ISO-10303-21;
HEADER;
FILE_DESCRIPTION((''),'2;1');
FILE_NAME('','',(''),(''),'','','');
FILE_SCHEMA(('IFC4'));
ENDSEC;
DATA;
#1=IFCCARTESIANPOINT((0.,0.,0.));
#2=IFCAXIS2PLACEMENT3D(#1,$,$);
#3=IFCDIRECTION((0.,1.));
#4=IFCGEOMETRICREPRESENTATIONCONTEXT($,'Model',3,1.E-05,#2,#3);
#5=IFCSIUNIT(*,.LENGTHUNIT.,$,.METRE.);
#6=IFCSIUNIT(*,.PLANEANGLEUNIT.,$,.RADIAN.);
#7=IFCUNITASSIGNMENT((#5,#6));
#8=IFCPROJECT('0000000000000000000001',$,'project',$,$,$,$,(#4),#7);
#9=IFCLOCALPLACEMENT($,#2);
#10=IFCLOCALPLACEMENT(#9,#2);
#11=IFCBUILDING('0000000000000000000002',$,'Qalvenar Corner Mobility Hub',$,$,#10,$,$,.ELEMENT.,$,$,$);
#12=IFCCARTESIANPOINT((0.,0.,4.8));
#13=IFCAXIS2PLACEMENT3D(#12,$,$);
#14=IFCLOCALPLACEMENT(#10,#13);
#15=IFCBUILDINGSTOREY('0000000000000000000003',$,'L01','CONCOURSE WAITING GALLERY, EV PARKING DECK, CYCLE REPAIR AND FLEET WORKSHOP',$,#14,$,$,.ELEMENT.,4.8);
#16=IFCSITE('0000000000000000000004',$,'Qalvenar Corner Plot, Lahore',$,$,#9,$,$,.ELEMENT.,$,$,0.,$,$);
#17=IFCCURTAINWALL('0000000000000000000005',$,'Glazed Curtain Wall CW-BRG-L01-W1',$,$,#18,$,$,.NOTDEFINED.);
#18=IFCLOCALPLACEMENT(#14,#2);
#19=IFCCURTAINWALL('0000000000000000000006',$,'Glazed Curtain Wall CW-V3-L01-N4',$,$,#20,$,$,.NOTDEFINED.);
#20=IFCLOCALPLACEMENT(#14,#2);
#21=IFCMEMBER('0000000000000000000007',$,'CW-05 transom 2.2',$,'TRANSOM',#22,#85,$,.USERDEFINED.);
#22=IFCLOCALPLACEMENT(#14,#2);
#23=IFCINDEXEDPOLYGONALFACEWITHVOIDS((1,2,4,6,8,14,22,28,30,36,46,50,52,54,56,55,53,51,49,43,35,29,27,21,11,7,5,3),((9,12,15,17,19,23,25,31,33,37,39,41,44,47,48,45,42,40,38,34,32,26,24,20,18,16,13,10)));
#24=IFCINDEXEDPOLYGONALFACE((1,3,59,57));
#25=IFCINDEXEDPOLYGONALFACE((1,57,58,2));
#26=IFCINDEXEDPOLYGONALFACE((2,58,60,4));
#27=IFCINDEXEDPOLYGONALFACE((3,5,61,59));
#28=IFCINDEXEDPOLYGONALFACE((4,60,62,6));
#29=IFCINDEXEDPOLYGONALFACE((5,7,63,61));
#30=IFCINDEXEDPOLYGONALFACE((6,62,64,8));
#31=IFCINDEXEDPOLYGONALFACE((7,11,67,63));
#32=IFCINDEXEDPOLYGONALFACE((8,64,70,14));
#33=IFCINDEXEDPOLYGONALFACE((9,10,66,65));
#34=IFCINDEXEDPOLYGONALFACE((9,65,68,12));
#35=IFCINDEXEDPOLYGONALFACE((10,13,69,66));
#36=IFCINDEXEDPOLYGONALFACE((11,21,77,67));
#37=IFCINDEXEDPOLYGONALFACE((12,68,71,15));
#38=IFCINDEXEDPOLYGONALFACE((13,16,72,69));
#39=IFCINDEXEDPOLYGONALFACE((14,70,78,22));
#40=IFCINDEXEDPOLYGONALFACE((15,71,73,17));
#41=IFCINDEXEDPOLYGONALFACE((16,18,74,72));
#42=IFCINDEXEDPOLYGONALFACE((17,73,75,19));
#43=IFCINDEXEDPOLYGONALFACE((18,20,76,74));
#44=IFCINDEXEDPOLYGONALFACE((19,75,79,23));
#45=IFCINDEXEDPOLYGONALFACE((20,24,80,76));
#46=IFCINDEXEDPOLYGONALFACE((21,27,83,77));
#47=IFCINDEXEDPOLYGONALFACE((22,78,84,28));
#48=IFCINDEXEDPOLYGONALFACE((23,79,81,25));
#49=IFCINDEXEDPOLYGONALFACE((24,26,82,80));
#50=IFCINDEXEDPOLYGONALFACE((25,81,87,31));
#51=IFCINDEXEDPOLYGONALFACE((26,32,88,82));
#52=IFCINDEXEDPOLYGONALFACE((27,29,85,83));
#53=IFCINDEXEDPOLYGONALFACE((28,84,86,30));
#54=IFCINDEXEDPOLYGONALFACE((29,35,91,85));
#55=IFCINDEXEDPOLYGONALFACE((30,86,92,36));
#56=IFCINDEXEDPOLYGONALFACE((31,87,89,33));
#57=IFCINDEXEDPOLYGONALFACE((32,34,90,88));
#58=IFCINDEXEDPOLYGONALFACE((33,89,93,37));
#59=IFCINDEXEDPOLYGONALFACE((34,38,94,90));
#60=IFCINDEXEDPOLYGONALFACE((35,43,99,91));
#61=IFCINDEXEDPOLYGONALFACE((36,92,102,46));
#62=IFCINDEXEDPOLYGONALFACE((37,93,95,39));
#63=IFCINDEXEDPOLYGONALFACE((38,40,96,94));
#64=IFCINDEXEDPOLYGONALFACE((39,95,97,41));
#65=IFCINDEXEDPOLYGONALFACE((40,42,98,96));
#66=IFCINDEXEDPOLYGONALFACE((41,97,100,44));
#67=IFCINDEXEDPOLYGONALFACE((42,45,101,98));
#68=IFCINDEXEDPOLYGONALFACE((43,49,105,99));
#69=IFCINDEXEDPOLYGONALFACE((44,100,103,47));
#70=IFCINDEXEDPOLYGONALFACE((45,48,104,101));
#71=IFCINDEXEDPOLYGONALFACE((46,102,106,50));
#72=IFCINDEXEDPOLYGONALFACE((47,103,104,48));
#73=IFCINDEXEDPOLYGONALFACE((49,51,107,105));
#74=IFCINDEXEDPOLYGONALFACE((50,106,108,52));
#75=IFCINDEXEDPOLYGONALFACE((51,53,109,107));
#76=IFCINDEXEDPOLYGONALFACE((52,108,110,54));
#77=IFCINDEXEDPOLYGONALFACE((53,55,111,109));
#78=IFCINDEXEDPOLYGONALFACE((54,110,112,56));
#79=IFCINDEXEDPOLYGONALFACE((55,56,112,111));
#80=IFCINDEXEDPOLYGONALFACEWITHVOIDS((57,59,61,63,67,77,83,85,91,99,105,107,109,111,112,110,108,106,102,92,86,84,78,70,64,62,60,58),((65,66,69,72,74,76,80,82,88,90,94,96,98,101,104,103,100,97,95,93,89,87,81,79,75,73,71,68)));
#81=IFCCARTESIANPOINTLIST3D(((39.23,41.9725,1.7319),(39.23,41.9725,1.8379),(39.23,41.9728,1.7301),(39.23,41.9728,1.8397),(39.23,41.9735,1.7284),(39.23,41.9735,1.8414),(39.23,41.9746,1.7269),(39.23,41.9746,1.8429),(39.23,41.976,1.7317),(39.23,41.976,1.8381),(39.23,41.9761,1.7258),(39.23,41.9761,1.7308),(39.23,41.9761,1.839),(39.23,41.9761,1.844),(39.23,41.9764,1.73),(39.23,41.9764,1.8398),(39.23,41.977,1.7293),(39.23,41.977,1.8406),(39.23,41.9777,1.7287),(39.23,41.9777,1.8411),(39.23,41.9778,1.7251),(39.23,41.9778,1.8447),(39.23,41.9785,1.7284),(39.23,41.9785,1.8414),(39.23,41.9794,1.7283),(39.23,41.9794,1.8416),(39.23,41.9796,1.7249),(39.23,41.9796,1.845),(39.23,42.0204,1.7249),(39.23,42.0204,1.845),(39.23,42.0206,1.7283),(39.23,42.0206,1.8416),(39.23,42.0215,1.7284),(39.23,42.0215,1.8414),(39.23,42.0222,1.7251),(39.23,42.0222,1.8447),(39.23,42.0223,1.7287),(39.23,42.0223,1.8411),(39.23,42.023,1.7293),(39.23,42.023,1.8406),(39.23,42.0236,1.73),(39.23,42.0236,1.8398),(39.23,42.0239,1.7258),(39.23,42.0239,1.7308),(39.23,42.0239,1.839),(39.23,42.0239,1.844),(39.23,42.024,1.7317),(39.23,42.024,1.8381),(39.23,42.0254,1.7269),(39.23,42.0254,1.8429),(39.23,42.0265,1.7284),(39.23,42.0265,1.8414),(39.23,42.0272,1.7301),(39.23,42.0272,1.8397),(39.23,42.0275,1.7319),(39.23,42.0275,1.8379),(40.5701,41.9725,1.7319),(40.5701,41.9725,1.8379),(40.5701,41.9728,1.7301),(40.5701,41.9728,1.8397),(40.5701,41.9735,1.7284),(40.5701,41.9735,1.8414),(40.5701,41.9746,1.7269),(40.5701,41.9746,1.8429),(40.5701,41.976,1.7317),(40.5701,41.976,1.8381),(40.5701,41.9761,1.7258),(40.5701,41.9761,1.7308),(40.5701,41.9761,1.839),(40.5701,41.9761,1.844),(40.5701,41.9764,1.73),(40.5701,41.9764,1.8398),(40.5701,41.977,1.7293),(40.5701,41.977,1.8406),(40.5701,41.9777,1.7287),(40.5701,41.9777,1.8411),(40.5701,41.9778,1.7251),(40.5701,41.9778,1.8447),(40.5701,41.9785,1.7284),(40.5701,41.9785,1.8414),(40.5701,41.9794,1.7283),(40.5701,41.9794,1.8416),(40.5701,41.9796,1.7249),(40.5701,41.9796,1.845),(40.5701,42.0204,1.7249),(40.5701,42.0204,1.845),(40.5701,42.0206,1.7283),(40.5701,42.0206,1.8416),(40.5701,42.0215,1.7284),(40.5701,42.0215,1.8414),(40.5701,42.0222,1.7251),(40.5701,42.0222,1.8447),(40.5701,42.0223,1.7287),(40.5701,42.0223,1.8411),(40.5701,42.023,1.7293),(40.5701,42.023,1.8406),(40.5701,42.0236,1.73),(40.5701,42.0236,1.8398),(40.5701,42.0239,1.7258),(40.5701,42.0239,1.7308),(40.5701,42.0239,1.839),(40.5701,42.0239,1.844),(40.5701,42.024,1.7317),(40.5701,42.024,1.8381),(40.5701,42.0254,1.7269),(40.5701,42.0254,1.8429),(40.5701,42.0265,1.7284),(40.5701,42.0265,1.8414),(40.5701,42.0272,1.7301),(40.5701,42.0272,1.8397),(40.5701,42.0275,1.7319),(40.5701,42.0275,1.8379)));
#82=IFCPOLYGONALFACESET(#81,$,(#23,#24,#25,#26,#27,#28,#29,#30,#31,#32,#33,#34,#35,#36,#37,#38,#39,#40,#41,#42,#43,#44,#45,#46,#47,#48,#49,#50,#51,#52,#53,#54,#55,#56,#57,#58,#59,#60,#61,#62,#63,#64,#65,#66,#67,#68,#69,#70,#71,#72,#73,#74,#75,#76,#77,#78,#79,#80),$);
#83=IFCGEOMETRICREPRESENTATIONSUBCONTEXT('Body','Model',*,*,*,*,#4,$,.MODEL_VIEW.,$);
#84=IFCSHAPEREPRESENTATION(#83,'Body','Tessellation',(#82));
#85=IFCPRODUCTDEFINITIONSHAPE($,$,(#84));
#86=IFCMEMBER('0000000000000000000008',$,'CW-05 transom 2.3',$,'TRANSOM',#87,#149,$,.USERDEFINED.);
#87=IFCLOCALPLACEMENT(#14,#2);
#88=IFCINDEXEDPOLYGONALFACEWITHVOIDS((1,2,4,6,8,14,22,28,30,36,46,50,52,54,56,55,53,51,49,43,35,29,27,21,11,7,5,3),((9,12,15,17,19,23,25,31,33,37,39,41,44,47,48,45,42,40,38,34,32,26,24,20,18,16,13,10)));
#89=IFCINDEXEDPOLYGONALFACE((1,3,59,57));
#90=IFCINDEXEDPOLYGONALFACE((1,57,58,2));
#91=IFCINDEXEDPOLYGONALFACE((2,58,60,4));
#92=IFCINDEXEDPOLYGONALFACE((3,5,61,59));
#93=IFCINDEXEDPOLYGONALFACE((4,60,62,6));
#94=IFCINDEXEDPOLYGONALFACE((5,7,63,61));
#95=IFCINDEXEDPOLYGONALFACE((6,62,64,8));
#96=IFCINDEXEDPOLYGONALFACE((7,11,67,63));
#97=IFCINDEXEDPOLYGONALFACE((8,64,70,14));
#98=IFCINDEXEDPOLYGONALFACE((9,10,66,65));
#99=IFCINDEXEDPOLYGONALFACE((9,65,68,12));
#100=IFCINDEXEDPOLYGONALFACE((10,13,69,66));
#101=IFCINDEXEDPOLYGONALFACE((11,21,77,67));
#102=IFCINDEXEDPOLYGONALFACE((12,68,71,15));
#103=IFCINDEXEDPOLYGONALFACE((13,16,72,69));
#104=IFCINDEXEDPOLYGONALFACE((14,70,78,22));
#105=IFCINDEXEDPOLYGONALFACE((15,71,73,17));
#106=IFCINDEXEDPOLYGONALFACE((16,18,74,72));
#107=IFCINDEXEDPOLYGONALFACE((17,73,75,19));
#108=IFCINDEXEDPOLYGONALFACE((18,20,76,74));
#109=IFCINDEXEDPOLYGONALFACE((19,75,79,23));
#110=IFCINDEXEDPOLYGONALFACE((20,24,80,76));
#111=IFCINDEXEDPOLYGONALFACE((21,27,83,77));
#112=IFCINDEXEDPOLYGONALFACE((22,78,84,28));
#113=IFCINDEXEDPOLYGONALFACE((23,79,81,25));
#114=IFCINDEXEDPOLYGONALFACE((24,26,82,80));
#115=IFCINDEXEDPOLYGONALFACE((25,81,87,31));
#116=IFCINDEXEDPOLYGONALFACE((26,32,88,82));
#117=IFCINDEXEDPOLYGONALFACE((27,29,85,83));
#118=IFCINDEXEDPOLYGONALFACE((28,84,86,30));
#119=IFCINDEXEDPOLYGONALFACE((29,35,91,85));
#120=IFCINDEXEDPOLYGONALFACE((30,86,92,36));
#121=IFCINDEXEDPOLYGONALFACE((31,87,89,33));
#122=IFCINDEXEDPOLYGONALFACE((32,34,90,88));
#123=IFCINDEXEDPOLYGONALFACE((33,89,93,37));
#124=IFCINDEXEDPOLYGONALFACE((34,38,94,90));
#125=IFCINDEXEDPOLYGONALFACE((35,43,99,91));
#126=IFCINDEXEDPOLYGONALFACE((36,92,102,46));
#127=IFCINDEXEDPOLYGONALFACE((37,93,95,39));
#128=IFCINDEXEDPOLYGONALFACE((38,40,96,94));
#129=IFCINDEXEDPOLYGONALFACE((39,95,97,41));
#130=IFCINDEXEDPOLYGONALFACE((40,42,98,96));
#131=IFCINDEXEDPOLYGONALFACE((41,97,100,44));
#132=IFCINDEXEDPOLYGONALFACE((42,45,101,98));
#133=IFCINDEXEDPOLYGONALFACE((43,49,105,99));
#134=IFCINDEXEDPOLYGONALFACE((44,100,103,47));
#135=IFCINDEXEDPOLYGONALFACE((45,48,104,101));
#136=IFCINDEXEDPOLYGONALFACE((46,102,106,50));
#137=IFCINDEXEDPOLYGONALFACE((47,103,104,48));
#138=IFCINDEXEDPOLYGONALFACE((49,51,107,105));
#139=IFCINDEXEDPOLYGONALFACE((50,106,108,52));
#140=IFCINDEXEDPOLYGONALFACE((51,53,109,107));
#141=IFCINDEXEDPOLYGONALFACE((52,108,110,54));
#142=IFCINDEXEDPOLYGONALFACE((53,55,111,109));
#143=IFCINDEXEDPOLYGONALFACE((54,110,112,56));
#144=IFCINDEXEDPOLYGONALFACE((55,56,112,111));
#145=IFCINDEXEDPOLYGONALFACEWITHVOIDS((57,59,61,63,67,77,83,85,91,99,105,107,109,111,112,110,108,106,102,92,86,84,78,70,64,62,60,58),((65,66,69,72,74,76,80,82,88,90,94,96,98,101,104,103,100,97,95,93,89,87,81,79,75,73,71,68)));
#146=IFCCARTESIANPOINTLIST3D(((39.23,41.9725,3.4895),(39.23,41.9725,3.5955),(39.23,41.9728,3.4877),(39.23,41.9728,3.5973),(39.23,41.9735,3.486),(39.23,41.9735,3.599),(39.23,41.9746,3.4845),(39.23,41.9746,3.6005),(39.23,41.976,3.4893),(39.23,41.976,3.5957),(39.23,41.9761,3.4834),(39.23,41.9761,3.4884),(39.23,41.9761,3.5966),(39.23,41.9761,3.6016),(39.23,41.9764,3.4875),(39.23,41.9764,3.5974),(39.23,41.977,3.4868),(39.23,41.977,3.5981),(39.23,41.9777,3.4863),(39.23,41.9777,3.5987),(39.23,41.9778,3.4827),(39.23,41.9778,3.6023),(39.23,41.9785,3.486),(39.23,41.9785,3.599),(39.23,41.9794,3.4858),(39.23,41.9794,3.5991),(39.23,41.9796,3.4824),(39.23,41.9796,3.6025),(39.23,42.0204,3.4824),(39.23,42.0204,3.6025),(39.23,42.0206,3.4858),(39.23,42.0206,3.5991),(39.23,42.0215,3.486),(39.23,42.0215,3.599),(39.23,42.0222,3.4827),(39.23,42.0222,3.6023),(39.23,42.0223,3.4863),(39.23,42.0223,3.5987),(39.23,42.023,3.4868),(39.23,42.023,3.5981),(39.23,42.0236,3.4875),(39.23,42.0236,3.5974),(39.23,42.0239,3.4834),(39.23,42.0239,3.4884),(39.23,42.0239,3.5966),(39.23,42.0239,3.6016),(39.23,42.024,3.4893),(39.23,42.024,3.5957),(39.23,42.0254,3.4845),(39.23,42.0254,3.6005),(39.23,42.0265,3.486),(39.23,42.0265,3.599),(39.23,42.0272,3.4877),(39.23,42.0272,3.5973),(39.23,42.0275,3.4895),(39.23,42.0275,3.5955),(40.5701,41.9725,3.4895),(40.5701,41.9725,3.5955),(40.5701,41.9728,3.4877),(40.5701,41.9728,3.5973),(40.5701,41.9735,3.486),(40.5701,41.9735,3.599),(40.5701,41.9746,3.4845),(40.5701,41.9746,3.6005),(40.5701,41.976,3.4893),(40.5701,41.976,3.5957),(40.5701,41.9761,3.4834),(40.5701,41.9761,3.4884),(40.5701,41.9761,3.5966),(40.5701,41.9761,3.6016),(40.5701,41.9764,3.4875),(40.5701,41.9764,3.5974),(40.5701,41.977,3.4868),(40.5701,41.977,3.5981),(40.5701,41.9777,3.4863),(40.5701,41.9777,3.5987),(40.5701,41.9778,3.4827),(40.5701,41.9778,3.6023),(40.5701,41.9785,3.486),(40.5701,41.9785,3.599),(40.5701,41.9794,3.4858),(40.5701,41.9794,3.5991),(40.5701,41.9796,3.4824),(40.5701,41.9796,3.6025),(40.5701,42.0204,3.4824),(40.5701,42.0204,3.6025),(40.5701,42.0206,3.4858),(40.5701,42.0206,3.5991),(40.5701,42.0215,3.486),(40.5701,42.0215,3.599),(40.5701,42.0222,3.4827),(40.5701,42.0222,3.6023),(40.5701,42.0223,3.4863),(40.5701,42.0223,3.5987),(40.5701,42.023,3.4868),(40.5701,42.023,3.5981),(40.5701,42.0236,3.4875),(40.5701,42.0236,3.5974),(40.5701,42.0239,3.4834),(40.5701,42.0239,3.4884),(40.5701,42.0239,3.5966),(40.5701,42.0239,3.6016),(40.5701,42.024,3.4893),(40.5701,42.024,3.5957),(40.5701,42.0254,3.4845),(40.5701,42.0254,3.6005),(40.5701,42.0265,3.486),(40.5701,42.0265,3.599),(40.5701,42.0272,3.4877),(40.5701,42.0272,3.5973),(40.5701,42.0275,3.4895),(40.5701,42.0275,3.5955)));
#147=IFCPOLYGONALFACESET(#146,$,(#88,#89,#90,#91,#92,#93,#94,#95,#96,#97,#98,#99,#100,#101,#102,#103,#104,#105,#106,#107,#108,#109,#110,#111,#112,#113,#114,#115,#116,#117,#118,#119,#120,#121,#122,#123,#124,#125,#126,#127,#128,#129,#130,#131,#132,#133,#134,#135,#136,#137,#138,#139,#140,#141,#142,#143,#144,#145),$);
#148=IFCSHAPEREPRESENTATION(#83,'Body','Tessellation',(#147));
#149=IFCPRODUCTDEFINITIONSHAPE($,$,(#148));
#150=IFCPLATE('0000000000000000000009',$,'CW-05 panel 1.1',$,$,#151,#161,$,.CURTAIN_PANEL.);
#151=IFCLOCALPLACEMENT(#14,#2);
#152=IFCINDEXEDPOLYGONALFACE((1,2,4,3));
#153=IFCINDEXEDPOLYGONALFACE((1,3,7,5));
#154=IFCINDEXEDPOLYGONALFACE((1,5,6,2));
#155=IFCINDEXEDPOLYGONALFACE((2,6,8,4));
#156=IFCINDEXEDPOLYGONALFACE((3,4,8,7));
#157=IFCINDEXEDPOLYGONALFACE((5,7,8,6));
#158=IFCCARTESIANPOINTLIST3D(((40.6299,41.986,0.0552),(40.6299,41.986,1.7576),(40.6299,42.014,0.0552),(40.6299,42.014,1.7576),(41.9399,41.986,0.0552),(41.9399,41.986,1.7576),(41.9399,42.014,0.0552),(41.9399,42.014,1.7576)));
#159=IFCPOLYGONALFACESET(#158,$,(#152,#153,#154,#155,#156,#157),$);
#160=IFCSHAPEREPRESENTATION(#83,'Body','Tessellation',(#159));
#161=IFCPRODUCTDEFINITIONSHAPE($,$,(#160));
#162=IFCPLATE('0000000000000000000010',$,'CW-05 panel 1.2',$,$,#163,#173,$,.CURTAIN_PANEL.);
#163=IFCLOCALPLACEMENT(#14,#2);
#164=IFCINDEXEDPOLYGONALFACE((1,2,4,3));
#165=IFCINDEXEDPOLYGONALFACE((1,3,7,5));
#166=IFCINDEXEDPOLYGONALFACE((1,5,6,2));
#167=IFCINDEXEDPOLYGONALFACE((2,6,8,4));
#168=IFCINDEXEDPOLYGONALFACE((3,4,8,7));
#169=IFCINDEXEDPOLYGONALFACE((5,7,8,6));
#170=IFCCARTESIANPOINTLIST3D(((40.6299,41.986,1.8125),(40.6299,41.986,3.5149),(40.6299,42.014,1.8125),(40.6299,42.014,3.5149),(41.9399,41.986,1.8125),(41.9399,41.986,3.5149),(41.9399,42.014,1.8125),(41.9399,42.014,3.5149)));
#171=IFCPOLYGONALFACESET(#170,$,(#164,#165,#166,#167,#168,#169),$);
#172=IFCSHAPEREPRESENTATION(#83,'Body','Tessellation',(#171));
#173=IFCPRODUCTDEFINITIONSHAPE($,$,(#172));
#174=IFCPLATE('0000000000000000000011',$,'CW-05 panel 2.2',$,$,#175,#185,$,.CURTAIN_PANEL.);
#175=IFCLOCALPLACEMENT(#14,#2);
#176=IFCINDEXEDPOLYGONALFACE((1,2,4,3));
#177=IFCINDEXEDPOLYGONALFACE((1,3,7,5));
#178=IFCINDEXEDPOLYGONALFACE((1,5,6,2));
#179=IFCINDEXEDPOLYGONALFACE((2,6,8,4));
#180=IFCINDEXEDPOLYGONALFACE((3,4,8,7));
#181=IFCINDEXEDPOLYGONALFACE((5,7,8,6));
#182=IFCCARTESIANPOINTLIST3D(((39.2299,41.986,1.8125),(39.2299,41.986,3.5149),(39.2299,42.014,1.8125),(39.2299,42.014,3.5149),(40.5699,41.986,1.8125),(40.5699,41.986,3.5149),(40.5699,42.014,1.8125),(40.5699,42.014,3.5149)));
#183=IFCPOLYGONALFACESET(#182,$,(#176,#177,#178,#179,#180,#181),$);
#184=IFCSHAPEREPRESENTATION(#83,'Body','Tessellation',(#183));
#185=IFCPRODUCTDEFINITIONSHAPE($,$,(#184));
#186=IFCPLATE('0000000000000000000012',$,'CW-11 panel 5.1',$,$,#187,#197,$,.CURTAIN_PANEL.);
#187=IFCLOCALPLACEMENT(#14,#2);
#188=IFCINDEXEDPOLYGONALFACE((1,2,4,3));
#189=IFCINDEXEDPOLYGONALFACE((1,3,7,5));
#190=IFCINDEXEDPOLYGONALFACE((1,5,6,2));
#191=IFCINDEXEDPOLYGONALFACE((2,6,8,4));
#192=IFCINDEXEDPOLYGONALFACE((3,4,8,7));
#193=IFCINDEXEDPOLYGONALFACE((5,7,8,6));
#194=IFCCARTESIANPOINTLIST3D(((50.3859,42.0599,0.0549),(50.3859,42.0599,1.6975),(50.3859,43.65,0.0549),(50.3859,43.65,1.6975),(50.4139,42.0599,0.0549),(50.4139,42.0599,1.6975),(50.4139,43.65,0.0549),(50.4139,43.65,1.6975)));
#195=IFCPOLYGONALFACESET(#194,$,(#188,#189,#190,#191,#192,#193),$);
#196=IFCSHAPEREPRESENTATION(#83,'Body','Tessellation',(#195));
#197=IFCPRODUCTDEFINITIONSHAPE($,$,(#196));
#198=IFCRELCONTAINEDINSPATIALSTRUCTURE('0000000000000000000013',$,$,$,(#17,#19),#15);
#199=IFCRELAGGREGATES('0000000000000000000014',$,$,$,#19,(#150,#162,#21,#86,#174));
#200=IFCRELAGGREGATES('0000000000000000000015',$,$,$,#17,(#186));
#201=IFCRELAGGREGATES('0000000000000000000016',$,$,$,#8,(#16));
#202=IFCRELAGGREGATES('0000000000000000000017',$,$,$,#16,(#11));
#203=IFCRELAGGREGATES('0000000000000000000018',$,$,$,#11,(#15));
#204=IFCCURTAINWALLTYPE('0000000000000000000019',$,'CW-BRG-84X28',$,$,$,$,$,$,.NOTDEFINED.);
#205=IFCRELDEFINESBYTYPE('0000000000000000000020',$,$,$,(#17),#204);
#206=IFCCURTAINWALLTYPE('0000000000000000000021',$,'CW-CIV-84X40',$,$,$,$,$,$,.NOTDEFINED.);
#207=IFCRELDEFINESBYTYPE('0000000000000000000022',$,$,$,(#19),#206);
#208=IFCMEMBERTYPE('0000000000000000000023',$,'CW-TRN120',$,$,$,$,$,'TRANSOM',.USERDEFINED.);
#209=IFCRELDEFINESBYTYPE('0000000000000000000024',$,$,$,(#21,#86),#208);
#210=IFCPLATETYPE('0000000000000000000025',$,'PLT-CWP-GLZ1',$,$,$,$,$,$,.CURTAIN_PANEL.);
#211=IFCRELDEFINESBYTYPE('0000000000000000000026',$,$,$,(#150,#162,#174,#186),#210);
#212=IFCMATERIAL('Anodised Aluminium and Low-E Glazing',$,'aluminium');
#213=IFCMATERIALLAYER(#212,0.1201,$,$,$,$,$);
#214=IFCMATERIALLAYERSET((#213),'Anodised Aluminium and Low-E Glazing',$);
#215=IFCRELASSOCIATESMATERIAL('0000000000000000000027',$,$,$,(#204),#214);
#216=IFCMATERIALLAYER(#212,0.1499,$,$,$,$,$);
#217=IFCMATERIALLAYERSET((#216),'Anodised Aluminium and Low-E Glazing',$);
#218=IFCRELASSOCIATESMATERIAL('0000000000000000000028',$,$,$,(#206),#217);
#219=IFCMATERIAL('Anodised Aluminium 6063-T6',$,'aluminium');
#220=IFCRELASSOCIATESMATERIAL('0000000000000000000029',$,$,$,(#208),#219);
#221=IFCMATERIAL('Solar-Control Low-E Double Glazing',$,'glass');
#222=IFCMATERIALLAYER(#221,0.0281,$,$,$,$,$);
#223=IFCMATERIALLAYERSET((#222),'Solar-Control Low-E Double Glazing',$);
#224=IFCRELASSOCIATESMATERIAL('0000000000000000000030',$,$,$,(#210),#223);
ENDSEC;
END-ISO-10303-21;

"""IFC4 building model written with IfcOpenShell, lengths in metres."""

from ifc_helpers import new_model, si_unit, direction, frame, origin, origin_2d, place, context, subcontext, project, spatial, rectangle, hollow_rectangle, extrude, material, layer, layer_set, material_profile, profile_set, type_object, element, aggregate, save


model = new_model("IFC4")

# Units and contexts
model_context = context("Model", 3, precision=1e-05, world=origin(), true_north=direction((0.0, 1.0)))
body_context = subcontext(model_context, "Body", "Model", "MODEL_VIEW")
ifc_project = project(units=[si_unit("LENGTHUNIT", "METRE"), si_unit("PLANEANGLEUNIT", "RADIAN")], contexts=[model_context])

# Site, building, storey
site_placement = place(None, origin())
site = spatial("IfcSite", under=ifc_project, at=site_placement, Name="Qalvenar Corner Plot, Lahore", CompositionType="ELEMENT", RefElevation=0.0)
building_placement = place(site_placement, origin())
building = spatial("IfcBuilding", under=site, at=building_placement, Name="Qalvenar Corner Mobility Hub", CompositionType="ELEMENT")
storey_placement = place(building_placement, frame((0.0, 0.0, 4.8)))
storey = spatial("IfcBuildingStorey", under=building, at=storey_placement, Name="L01", Description="CONCOURSE WAITING GALLERY, EV PARKING DECK, CYCLE REPAIR AND FLEET WORKSHOP", CompositionType="ELEMENT", Elevation=4.8)

# Curtain wall
ifc_material_1 = material(Name="Anodised Aluminium and Low-E Glazing", Category="aluminium")
ifc_layer_1 = layer(ifc_material_1, 0.1201)
ifc_layer_set_1 = layer_set([ifc_layer_1], Name="Anodised Aluminium and Low-E Glazing")
curtain_wall_type_1 = type_object("IfcCurtainWallType", Name="CW-BRG-84X28", PredefinedType="NOTDEFINED", material=ifc_layer_set_1)
curtain_wall_1_placement = place(storey_placement, origin())
curtain_wall_1 = element("IfcCurtainWall", 1, at=curtain_wall_1_placement, inside=storey, type_object=curtain_wall_type_1, Name="Glazed Curtain Wall CW-BRG-L01-W1", PredefinedType="NOTDEFINED")
ifc_material_2 = material(Name="Anodised Aluminium 6063-T6", Category="aluminium")

# Curtain wall
ifc_layer_2 = layer(ifc_material_1, 0.1499)
ifc_layer_set_2 = layer_set([ifc_layer_2], Name="Anodised Aluminium and Low-E Glazing")
curtain_wall_type_2 = type_object("IfcCurtainWallType", Name="CW-CIV-84X40", PredefinedType="NOTDEFINED", material=ifc_layer_set_2)
curtain_wall_2_placement = place(storey_placement, origin())
curtain_wall_2 = element("IfcCurtainWall", 2, at=curtain_wall_2_placement, inside=storey, type_object=curtain_wall_type_2, Name="Glazed Curtain Wall CW-V3-L01-N4", PredefinedType="NOTDEFINED")

# Members
ifc_material_profile_1 = material_profile(ifc_material_2, hollow_rectangle(XDim=0.0549, YDim=0.1201, WallThickness=0.0034, InnerFilletRadius=0.0034, OuterFilletRadius=0.0071, at=origin_2d()), Name="RHS120x55x3.5")
ifc_profile_set_1 = profile_set([ifc_material_profile_1], Name="Anodised Aluminium 6063-T6")
member_type_1 = type_object("IfcMemberType", Name="CW-TRN120", ElementType="TRANSOM", PredefinedType="USERDEFINED", material=ifc_profile_set_1)
member_1_placement = place(storey_placement, frame((40.5701, 42.0, 1.7849), z_axis=(-1.0, 0.0, 0.0), x_axis=(0.0, -1.0, 0.0)))
member_1 = element("IfcMember", 3, at=member_1_placement, type_object=member_type_1, Name="CW-05 transom 2.2", ObjectType="TRANSOM", PredefinedType="USERDEFINED", context=body_context, shape_type="SweptSolid", body=[
    extrude(hollow_rectangle(XDim=0.0549, YDim=0.1201, WallThickness=0.0034, InnerFilletRadius=0.0034, OuterFilletRadius=0.0071, at=origin_2d()), origin(), (0.0, 0.0, 1.0), 1.3401),
])
member_2_placement = place(storey_placement, frame((40.5701, 42.0, 3.5425), z_axis=(-1.0, 0.0, 0.0), x_axis=(0.0, -1.0, 0.0)))
member_2 = element("IfcMember", 4, at=member_2_placement, type_object=member_type_1, Name="CW-05 transom 2.3", ObjectType="TRANSOM", PredefinedType="USERDEFINED", context=body_context, shape_type="SweptSolid", body=[
    extrude(hollow_rectangle(XDim=0.0549, YDim=0.1201, WallThickness=0.0034, InnerFilletRadius=0.0034, OuterFilletRadius=0.0071, at=origin_2d()), origin(), (0.0, 0.0, 1.0), 1.3401),
])

# Plates
ifc_material_3 = material(Name="Solar-Control Low-E Double Glazing", Category="glass")
ifc_layer_3 = layer(ifc_material_3, 0.0281)
ifc_layer_set_3 = layer_set([ifc_layer_3], Name="Solar-Control Low-E Double Glazing")
plate_type = type_object("IfcPlateType", Name="PLT-CWP-GLZ1", PredefinedType="CURTAIN_PANEL", material=ifc_layer_set_3)
plate_1_placement = place(storey_placement, frame((41.2849, 42.0, 0.0552), z_axis=(0.0, 0.0, 1.0), x_axis=(-1.0, 0.0, 0.0)))
plate_1 = element("IfcPlate", 5, at=plate_1_placement, type_object=plate_type, Name="CW-05 panel 1.1", PredefinedType="CURTAIN_PANEL", context=body_context, shape_type="SweptSolid", body=[
    extrude(rectangle(XDim=1.3101, YDim=0.0281, at=origin_2d()), origin(), (0.0, 0.0, 1.0), 1.7024),
])
plate_2_placement = place(storey_placement, frame((41.2849, 42.0, 1.8125), z_axis=(0.0, 0.0, 1.0), x_axis=(-1.0, 0.0, 0.0)))
plate_2 = element("IfcPlate", 6, at=plate_2_placement, type_object=plate_type, Name="CW-05 panel 1.2", PredefinedType="CURTAIN_PANEL", context=body_context, shape_type="SweptSolid", body=[
    extrude(rectangle(XDim=1.3101, YDim=0.0281, at=origin_2d()), origin(), (0.0, 0.0, 1.0), 1.7024),
])
plate_3_placement = place(storey_placement, frame((39.8999, 42.0, 1.8125), z_axis=(0.0, 0.0, 1.0), x_axis=(-1.0, 0.0, 0.0)))
plate_3 = element("IfcPlate", 7, at=plate_3_placement, type_object=plate_type, Name="CW-05 panel 2.2", PredefinedType="CURTAIN_PANEL", context=body_context, shape_type="SweptSolid", body=[
    extrude(rectangle(XDim=1.3401, YDim=0.0281, at=origin_2d()), origin(), (0.0, 0.0, 1.0), 1.7024),
])
aggregate(curtain_wall_2, [plate_1, plate_2, member_1, member_2, plate_3])
plate_4_placement = place(storey_placement, frame((50.3999, 42.855, 0.0549), z_axis=(0.0, 0.0, 1.0), x_axis=(0.0, -1.0, 0.0)))
plate_4 = element("IfcPlate", 8, at=plate_4_placement, type_object=plate_type, Name="CW-11 panel 5.1", PredefinedType="CURTAIN_PANEL", context=body_context, shape_type="SweptSolid", body=[
    extrude(rectangle(XDim=1.5901, YDim=0.0281, at=origin_2d()), origin(), (0.0, 0.0, 1.0), 1.6426),
])
aggregate(curtain_wall_1, [plate_4])

save(model, "model.ifc")
